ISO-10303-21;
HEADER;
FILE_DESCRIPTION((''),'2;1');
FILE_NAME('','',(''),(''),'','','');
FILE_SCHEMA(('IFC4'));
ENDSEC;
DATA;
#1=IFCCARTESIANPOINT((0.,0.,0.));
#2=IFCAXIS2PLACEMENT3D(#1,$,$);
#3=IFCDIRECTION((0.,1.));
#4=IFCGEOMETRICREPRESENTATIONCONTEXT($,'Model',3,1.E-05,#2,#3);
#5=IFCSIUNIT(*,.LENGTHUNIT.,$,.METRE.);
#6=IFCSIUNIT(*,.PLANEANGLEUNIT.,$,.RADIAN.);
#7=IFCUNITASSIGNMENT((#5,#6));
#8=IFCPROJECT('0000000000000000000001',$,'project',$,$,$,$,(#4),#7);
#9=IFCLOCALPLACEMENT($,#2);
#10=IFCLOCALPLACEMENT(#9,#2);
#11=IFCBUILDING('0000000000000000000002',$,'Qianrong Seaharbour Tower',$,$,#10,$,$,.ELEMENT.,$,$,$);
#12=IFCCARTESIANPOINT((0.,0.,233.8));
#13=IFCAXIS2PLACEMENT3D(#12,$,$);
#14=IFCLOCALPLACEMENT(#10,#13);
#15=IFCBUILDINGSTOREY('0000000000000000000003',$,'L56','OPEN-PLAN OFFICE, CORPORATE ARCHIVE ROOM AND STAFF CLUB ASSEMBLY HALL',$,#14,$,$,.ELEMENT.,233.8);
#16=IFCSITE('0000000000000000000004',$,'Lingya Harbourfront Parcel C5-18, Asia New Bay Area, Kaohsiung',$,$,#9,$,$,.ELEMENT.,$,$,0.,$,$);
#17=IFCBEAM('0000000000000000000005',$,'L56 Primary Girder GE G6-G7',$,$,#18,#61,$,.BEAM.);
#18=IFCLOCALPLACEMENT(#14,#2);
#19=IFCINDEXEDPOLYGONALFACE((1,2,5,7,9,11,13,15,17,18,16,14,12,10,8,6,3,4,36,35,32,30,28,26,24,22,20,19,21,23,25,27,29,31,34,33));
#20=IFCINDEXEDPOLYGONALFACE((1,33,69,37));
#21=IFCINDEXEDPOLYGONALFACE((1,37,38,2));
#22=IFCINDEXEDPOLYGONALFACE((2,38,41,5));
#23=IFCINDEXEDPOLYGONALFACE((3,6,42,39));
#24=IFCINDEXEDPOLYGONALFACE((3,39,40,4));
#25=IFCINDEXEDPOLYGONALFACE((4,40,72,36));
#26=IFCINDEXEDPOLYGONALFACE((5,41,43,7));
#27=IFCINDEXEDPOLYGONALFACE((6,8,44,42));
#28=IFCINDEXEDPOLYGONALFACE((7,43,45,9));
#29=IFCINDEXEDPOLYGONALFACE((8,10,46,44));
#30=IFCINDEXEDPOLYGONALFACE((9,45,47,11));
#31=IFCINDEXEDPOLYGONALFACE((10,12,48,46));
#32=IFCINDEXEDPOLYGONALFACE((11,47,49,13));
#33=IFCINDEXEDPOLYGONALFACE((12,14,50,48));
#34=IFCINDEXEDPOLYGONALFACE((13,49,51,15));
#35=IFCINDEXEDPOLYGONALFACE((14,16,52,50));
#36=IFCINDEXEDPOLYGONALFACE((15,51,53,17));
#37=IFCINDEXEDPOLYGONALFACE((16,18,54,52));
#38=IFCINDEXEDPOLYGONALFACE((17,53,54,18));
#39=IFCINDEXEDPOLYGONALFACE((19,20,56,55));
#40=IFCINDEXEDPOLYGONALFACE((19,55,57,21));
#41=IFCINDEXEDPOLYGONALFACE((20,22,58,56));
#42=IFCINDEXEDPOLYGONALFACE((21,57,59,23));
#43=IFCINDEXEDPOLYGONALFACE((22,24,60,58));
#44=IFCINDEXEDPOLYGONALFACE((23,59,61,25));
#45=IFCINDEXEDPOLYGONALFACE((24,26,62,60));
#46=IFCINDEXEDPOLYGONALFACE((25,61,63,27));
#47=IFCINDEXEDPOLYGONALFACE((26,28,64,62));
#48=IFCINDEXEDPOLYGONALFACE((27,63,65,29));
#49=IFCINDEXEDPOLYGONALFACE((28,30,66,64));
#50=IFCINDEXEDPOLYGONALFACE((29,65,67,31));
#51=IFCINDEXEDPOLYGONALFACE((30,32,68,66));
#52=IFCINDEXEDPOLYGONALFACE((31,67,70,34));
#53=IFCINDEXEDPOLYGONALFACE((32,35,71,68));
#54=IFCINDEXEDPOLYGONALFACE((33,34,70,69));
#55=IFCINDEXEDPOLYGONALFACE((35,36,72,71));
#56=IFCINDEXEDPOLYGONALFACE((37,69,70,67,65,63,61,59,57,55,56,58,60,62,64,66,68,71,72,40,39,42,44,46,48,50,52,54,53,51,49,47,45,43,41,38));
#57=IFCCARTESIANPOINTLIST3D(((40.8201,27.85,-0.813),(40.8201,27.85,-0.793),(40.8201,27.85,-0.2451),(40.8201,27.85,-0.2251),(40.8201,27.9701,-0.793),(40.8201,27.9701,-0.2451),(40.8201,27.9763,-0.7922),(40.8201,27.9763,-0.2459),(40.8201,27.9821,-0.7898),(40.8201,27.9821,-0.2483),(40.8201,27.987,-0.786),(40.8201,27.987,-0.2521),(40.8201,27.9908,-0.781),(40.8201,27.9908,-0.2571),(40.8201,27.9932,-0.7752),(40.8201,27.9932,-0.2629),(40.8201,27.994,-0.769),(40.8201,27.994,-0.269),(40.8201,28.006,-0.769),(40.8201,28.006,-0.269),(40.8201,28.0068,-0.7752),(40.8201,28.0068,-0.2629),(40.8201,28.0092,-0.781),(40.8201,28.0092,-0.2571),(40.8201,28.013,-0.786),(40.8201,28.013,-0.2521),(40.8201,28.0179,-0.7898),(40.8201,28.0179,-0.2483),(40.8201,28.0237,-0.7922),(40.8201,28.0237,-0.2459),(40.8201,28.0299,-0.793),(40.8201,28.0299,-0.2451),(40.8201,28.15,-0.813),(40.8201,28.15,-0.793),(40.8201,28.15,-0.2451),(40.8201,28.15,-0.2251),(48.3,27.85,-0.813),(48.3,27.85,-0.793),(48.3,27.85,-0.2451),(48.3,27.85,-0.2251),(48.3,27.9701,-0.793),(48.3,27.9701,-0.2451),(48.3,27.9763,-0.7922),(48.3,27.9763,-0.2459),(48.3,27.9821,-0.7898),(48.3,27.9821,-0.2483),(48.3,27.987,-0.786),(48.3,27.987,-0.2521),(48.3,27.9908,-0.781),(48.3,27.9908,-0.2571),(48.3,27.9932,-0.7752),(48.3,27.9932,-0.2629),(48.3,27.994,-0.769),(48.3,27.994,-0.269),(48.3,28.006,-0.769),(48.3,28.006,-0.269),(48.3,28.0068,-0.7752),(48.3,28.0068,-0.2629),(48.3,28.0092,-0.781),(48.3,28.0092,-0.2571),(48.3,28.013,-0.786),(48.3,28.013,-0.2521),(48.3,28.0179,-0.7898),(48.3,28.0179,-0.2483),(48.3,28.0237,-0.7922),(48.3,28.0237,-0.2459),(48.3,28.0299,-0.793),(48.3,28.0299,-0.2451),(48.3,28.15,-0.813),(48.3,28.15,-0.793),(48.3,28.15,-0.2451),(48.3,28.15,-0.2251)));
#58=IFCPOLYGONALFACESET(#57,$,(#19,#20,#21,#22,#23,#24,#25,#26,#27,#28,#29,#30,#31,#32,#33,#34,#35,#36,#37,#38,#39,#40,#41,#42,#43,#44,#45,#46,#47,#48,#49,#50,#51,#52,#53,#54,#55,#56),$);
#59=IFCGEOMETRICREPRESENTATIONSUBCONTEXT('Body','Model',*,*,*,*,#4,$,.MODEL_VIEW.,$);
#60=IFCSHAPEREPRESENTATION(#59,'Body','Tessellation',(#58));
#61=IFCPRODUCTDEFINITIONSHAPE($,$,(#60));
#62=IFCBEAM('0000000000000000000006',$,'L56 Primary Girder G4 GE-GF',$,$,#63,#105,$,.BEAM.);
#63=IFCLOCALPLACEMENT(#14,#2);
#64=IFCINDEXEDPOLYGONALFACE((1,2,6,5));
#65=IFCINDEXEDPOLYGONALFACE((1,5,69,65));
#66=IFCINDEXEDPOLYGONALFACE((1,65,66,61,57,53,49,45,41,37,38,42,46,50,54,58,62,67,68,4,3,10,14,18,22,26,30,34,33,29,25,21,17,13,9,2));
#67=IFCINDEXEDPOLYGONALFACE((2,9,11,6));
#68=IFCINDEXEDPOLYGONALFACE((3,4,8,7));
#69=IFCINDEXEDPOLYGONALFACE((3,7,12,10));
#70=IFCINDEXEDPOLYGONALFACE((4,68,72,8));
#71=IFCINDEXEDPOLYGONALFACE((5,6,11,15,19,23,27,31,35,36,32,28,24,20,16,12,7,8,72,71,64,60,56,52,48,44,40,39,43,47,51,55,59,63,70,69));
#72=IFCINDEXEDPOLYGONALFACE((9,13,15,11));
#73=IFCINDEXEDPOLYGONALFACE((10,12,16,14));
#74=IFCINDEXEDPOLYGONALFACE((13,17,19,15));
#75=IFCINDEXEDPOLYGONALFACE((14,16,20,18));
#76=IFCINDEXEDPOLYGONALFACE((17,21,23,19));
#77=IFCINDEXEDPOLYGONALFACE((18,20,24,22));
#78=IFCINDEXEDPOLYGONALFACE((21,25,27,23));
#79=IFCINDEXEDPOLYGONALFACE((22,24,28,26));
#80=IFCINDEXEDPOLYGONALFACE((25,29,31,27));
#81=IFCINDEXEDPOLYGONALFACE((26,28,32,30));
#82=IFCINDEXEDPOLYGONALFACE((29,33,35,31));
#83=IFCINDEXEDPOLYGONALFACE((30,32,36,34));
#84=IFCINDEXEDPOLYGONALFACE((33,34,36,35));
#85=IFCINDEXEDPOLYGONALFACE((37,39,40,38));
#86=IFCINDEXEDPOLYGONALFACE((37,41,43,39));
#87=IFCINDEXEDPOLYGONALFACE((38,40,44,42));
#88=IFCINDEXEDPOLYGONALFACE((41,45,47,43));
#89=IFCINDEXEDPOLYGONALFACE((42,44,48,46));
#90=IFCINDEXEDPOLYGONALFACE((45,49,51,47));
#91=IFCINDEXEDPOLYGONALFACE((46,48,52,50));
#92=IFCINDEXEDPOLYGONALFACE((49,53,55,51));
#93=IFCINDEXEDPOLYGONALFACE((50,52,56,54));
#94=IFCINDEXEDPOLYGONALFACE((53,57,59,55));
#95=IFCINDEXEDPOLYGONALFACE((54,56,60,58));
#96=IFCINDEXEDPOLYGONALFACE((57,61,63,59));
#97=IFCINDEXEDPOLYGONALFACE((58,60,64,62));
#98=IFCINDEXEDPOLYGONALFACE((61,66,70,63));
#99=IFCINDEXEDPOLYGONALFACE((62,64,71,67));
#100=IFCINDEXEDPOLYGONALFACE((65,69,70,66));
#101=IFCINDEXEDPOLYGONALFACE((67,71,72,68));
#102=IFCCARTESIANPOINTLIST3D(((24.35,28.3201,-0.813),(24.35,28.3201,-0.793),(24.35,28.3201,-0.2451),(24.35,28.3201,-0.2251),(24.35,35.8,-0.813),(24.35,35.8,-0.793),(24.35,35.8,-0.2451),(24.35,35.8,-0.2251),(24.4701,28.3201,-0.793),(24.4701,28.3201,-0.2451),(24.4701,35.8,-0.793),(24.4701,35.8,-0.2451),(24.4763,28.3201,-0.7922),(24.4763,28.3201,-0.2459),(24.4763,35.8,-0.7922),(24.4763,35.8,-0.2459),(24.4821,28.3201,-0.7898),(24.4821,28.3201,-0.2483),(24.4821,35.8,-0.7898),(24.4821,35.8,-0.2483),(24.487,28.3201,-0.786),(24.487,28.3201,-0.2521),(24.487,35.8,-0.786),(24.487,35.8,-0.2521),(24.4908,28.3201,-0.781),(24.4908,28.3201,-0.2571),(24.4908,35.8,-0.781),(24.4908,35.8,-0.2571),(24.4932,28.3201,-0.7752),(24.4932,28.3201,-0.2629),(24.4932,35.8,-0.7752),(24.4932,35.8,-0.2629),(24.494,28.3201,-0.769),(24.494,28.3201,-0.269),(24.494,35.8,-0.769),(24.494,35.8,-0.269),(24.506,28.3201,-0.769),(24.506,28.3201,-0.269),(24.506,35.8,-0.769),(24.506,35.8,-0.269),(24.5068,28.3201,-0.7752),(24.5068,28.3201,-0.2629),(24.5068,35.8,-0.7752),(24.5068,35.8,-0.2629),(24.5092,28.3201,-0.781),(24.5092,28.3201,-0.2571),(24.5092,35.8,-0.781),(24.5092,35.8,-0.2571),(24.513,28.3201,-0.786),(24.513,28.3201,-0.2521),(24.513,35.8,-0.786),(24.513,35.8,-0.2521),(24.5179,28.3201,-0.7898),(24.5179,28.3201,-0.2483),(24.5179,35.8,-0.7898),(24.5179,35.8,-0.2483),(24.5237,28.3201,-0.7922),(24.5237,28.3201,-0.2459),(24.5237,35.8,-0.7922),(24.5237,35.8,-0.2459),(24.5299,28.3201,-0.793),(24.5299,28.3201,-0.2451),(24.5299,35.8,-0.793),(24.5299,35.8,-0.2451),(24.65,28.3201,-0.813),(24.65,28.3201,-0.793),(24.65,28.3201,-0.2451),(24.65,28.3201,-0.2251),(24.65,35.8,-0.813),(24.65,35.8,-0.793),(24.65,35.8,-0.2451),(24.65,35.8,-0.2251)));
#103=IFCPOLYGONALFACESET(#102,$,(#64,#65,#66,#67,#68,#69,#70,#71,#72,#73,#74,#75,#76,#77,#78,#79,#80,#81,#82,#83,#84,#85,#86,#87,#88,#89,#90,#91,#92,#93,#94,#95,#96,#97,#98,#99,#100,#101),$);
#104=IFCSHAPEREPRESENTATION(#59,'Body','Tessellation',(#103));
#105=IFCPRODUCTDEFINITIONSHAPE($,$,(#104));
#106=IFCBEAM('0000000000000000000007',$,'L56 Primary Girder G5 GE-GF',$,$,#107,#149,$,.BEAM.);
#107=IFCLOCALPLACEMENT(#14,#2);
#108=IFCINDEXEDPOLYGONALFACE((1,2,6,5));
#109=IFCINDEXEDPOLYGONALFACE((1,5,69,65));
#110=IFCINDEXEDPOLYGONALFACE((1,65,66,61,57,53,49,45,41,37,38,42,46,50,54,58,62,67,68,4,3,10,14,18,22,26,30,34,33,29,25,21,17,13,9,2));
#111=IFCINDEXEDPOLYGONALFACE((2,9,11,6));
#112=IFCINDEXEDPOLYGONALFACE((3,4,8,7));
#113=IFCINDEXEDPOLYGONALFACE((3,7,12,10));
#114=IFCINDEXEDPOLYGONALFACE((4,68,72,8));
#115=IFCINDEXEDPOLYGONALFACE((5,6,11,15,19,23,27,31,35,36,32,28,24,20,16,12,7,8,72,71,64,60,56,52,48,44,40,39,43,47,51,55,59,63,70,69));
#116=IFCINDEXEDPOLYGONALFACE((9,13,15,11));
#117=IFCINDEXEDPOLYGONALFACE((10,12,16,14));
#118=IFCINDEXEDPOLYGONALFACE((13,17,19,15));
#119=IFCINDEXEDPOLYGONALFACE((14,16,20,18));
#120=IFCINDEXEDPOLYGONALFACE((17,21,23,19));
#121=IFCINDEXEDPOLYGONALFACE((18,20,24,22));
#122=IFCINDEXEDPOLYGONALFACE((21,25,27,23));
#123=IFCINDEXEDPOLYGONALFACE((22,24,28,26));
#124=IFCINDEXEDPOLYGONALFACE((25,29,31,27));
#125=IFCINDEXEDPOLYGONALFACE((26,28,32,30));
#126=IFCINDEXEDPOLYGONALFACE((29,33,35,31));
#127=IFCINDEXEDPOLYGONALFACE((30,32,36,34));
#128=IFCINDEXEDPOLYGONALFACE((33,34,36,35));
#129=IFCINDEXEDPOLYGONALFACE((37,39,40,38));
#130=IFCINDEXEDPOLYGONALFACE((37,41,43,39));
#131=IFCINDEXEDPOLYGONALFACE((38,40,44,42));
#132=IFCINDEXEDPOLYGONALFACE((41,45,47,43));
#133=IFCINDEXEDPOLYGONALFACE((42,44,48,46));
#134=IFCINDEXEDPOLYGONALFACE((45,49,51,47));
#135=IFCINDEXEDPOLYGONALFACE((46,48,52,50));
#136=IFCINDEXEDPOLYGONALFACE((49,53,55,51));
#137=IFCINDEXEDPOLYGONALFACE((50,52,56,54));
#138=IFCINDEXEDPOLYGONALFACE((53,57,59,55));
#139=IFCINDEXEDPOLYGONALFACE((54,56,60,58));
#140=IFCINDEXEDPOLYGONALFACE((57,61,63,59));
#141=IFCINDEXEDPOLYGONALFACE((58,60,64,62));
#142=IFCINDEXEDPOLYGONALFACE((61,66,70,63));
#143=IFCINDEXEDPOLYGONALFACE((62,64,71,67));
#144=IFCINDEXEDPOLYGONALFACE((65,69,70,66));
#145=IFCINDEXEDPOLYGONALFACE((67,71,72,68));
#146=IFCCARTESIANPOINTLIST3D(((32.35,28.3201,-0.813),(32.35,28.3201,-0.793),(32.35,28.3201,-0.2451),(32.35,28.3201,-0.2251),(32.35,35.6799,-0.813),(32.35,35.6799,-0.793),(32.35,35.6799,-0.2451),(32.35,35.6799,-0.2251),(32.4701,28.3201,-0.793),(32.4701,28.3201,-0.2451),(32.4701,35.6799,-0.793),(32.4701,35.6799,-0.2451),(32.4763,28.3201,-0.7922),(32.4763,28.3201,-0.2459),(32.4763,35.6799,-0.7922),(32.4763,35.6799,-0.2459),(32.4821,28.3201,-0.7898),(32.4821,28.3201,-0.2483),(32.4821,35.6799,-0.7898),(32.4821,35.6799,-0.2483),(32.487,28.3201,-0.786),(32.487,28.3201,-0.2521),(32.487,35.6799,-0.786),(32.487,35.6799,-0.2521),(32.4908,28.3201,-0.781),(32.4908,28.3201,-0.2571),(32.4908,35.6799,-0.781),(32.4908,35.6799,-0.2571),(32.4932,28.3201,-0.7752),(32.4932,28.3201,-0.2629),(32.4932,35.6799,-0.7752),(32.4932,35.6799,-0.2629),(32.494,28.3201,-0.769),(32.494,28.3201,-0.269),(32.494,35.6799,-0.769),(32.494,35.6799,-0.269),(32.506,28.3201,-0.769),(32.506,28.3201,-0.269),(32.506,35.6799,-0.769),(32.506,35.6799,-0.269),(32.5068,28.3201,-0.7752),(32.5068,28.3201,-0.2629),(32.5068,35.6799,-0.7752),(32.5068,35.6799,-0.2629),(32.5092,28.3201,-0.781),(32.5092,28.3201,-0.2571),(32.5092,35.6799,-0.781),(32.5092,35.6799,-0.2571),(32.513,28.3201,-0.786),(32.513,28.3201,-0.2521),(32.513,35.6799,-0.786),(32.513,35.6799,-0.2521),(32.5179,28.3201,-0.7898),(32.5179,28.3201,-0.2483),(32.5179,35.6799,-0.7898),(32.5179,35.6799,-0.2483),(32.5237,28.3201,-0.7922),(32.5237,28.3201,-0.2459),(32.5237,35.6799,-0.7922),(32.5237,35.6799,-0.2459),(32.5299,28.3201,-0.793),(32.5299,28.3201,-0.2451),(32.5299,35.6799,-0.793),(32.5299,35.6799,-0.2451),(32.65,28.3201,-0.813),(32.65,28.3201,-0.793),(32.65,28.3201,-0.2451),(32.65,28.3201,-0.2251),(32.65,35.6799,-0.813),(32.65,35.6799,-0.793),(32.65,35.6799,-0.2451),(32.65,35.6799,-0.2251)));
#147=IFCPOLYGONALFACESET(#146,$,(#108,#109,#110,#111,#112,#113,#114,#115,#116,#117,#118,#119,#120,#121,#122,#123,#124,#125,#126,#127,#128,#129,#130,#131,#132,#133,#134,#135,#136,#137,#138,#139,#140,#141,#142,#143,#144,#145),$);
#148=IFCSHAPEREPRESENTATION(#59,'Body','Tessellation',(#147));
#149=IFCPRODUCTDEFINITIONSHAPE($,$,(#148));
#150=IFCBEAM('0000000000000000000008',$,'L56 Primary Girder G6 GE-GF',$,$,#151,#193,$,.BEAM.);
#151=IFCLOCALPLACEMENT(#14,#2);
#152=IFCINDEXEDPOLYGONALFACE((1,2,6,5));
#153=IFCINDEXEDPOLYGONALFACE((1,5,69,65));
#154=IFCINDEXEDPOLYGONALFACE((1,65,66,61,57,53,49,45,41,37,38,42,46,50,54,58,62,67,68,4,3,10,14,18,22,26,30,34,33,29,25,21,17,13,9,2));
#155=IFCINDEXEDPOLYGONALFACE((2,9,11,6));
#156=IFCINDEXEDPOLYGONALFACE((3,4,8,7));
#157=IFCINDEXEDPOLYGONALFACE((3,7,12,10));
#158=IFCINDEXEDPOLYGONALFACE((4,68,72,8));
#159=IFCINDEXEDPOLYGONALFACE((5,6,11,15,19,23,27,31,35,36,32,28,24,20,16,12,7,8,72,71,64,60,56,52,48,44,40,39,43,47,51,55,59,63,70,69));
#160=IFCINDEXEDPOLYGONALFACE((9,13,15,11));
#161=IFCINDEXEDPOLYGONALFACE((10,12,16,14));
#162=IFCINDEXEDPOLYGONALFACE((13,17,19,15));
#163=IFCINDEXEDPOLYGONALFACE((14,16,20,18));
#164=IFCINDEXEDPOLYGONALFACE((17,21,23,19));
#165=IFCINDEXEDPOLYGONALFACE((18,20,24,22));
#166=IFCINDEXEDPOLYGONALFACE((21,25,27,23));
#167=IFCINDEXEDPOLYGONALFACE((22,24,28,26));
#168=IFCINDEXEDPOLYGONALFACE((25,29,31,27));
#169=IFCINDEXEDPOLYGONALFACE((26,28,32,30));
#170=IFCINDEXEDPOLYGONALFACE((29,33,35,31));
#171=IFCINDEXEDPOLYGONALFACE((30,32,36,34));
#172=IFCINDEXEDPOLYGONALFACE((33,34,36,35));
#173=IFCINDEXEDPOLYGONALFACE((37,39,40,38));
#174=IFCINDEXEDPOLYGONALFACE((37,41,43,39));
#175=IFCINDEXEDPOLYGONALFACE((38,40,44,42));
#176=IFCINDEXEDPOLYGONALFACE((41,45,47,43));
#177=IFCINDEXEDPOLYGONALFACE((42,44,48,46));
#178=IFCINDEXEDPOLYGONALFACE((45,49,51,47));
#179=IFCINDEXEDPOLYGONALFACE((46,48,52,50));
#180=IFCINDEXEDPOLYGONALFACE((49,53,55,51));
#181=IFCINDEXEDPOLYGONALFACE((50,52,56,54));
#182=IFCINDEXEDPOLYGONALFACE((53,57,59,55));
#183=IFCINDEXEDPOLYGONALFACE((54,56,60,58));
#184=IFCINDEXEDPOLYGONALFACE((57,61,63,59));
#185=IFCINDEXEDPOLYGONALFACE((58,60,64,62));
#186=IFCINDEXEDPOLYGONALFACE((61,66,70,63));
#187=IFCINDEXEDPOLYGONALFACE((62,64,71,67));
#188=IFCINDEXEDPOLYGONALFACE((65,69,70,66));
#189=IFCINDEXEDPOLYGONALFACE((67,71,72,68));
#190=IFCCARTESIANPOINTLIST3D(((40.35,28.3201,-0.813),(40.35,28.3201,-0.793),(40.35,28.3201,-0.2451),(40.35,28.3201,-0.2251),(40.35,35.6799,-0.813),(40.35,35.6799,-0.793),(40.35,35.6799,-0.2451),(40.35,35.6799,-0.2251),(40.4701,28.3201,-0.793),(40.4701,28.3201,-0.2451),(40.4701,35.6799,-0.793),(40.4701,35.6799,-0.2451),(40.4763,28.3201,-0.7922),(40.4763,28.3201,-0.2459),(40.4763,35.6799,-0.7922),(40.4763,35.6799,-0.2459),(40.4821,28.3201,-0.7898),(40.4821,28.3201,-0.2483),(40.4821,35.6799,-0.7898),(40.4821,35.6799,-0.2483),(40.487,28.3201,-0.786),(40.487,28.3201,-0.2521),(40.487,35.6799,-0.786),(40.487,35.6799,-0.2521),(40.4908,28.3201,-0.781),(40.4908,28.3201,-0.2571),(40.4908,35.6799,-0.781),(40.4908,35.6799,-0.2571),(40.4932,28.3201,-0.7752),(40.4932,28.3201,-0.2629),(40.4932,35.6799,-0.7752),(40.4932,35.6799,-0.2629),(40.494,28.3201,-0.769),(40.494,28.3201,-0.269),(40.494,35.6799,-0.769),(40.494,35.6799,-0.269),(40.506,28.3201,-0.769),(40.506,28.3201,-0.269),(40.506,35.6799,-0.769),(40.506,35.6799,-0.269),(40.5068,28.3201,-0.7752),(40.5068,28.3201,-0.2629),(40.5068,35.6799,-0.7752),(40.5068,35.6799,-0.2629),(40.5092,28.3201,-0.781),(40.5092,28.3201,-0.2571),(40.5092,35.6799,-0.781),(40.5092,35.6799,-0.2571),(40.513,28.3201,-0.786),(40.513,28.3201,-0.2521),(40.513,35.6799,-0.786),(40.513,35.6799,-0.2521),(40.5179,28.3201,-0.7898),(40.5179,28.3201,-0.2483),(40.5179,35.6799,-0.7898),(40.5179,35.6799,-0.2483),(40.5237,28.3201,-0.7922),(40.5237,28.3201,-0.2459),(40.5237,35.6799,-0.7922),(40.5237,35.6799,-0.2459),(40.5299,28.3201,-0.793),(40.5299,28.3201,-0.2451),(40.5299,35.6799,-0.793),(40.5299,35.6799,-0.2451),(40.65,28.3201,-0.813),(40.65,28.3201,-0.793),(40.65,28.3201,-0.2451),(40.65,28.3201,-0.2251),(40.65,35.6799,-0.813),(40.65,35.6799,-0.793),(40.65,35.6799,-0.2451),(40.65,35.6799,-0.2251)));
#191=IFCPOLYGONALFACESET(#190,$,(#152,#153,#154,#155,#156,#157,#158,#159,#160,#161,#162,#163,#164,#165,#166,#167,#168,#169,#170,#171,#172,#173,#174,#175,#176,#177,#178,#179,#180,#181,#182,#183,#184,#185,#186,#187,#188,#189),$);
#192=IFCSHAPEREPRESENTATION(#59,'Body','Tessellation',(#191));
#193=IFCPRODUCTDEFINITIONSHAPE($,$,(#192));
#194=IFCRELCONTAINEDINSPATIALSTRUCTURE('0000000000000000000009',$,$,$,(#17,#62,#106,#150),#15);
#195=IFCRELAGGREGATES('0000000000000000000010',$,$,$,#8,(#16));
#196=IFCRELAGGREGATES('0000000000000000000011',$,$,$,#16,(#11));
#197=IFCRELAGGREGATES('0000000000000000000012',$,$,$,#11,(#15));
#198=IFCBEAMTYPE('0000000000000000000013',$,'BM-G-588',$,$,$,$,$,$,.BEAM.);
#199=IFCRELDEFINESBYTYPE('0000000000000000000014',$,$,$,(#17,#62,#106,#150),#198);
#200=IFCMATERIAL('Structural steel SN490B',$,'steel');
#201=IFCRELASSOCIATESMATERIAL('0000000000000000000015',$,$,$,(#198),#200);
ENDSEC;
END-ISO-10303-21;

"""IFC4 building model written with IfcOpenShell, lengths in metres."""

from ifc_helpers import new_model, si_unit, direction, frame, origin, origin_2d, place, context, subcontext, project, spatial, i_section, extrude, material, material_profile, profile_set, type_object, element, save


model = new_model("IFC4")

# Units and contexts
model_context = context("Model", 3, precision=1e-05, world=origin(), true_north=direction((0.0, 1.0)))
body_context = subcontext(model_context, "Body", "Model", "MODEL_VIEW")
ifc_project = project(units=[si_unit("LENGTHUNIT", "METRE"), si_unit("PLANEANGLEUNIT", "RADIAN")], contexts=[model_context])

# Site, building, storey
site_placement = place(None, origin())
site = spatial("IfcSite", under=ifc_project, at=site_placement, Name="Lingya Harbourfront Parcel C5-18, Asia New Bay Area, Kaohsiung", CompositionType="ELEMENT", RefElevation=0.0)
building_placement = place(site_placement, origin())
building = spatial("IfcBuilding", under=site, at=building_placement, Name="Qianrong Seaharbour Tower", CompositionType="ELEMENT")
storey_placement = place(building_placement, frame((0.0, 0.0, 233.8)))
storey = spatial("IfcBuildingStorey", under=building, at=storey_placement, Name="L56", Description="OPEN-PLAN OFFICE, CORPORATE ARCHIVE ROOM AND STAFF CLUB ASSEMBLY HALL", CompositionType="ELEMENT", Elevation=233.8)

# Shared definitions
ifc_material_1 = material(Name="Structural steel SN490B", Category="steel")

# Beams
ifc_material_profile_1 = material_profile(ifc_material_1, i_section(OverallWidth=0.3, OverallDepth=0.5879, WebThickness=0.012, FlangeThickness=0.02, FilletRadius=0.0239, at=origin_2d()), Name="H588x300x12x20")
ifc_profile_set_1 = profile_set([ifc_material_profile_1], Name="Structural steel SN490B")
beam_type_1 = type_object("IfcBeamType", Name="BM-G-588", PredefinedType="BEAM", material=ifc_profile_set_1)
for number, where, z_axis, x_axis, name in (
    (1, (40.8201, 28.0, -0.519), (1.0, 0.0, 0.0), (0.0, 1.0, 0.0), "L56 Primary Girder GE G6-G7"),
    (2, (24.5, 28.3201, -0.519), (0.0, 1.0, 0.0), (-1.0, 0.0, 0.0), "L56 Primary Girder G4 GE-GF"),
):
    element("IfcBeam", number, at=place(storey_placement, frame(where, z_axis=z_axis, x_axis=x_axis)), inside=storey, type_object=beam_type_1, Name=name, PredefinedType="BEAM", context=body_context, shape_type="SweptSolid", body=[
        extrude(i_section(OverallWidth=0.3, OverallDepth=0.5879, WebThickness=0.012, FlangeThickness=0.02, FilletRadius=0.0239, at=origin_2d()), origin(), (0.0, 0.0, 1.0), 7.48),
    ])
for number, where, z_axis, x_axis, name in (
    (3, (32.5, 28.3201, -0.519), (0.0, 1.0, 0.0), (-1.0, 0.0, 0.0), "L56 Primary Girder G5 GE-GF"),
    (4, (40.5, 28.3201, -0.519), (0.0, 1.0, 0.0), (-1.0, 0.0, 0.0), "L56 Primary Girder G6 GE-GF"),
):
    element("IfcBeam", number, at=place(storey_placement, frame(where, z_axis=z_axis, x_axis=x_axis)), inside=storey, type_object=beam_type_1, Name=name, PredefinedType="BEAM", context=body_context, shape_type="SweptSolid", body=[
        extrude(i_section(OverallWidth=0.3, OverallDepth=0.5879, WebThickness=0.012, FlangeThickness=0.02, FilletRadius=0.0239, at=origin_2d()), origin(), (0.0, 0.0, 1.0), 7.3599),
    ])

save(model, "model.ifc")
